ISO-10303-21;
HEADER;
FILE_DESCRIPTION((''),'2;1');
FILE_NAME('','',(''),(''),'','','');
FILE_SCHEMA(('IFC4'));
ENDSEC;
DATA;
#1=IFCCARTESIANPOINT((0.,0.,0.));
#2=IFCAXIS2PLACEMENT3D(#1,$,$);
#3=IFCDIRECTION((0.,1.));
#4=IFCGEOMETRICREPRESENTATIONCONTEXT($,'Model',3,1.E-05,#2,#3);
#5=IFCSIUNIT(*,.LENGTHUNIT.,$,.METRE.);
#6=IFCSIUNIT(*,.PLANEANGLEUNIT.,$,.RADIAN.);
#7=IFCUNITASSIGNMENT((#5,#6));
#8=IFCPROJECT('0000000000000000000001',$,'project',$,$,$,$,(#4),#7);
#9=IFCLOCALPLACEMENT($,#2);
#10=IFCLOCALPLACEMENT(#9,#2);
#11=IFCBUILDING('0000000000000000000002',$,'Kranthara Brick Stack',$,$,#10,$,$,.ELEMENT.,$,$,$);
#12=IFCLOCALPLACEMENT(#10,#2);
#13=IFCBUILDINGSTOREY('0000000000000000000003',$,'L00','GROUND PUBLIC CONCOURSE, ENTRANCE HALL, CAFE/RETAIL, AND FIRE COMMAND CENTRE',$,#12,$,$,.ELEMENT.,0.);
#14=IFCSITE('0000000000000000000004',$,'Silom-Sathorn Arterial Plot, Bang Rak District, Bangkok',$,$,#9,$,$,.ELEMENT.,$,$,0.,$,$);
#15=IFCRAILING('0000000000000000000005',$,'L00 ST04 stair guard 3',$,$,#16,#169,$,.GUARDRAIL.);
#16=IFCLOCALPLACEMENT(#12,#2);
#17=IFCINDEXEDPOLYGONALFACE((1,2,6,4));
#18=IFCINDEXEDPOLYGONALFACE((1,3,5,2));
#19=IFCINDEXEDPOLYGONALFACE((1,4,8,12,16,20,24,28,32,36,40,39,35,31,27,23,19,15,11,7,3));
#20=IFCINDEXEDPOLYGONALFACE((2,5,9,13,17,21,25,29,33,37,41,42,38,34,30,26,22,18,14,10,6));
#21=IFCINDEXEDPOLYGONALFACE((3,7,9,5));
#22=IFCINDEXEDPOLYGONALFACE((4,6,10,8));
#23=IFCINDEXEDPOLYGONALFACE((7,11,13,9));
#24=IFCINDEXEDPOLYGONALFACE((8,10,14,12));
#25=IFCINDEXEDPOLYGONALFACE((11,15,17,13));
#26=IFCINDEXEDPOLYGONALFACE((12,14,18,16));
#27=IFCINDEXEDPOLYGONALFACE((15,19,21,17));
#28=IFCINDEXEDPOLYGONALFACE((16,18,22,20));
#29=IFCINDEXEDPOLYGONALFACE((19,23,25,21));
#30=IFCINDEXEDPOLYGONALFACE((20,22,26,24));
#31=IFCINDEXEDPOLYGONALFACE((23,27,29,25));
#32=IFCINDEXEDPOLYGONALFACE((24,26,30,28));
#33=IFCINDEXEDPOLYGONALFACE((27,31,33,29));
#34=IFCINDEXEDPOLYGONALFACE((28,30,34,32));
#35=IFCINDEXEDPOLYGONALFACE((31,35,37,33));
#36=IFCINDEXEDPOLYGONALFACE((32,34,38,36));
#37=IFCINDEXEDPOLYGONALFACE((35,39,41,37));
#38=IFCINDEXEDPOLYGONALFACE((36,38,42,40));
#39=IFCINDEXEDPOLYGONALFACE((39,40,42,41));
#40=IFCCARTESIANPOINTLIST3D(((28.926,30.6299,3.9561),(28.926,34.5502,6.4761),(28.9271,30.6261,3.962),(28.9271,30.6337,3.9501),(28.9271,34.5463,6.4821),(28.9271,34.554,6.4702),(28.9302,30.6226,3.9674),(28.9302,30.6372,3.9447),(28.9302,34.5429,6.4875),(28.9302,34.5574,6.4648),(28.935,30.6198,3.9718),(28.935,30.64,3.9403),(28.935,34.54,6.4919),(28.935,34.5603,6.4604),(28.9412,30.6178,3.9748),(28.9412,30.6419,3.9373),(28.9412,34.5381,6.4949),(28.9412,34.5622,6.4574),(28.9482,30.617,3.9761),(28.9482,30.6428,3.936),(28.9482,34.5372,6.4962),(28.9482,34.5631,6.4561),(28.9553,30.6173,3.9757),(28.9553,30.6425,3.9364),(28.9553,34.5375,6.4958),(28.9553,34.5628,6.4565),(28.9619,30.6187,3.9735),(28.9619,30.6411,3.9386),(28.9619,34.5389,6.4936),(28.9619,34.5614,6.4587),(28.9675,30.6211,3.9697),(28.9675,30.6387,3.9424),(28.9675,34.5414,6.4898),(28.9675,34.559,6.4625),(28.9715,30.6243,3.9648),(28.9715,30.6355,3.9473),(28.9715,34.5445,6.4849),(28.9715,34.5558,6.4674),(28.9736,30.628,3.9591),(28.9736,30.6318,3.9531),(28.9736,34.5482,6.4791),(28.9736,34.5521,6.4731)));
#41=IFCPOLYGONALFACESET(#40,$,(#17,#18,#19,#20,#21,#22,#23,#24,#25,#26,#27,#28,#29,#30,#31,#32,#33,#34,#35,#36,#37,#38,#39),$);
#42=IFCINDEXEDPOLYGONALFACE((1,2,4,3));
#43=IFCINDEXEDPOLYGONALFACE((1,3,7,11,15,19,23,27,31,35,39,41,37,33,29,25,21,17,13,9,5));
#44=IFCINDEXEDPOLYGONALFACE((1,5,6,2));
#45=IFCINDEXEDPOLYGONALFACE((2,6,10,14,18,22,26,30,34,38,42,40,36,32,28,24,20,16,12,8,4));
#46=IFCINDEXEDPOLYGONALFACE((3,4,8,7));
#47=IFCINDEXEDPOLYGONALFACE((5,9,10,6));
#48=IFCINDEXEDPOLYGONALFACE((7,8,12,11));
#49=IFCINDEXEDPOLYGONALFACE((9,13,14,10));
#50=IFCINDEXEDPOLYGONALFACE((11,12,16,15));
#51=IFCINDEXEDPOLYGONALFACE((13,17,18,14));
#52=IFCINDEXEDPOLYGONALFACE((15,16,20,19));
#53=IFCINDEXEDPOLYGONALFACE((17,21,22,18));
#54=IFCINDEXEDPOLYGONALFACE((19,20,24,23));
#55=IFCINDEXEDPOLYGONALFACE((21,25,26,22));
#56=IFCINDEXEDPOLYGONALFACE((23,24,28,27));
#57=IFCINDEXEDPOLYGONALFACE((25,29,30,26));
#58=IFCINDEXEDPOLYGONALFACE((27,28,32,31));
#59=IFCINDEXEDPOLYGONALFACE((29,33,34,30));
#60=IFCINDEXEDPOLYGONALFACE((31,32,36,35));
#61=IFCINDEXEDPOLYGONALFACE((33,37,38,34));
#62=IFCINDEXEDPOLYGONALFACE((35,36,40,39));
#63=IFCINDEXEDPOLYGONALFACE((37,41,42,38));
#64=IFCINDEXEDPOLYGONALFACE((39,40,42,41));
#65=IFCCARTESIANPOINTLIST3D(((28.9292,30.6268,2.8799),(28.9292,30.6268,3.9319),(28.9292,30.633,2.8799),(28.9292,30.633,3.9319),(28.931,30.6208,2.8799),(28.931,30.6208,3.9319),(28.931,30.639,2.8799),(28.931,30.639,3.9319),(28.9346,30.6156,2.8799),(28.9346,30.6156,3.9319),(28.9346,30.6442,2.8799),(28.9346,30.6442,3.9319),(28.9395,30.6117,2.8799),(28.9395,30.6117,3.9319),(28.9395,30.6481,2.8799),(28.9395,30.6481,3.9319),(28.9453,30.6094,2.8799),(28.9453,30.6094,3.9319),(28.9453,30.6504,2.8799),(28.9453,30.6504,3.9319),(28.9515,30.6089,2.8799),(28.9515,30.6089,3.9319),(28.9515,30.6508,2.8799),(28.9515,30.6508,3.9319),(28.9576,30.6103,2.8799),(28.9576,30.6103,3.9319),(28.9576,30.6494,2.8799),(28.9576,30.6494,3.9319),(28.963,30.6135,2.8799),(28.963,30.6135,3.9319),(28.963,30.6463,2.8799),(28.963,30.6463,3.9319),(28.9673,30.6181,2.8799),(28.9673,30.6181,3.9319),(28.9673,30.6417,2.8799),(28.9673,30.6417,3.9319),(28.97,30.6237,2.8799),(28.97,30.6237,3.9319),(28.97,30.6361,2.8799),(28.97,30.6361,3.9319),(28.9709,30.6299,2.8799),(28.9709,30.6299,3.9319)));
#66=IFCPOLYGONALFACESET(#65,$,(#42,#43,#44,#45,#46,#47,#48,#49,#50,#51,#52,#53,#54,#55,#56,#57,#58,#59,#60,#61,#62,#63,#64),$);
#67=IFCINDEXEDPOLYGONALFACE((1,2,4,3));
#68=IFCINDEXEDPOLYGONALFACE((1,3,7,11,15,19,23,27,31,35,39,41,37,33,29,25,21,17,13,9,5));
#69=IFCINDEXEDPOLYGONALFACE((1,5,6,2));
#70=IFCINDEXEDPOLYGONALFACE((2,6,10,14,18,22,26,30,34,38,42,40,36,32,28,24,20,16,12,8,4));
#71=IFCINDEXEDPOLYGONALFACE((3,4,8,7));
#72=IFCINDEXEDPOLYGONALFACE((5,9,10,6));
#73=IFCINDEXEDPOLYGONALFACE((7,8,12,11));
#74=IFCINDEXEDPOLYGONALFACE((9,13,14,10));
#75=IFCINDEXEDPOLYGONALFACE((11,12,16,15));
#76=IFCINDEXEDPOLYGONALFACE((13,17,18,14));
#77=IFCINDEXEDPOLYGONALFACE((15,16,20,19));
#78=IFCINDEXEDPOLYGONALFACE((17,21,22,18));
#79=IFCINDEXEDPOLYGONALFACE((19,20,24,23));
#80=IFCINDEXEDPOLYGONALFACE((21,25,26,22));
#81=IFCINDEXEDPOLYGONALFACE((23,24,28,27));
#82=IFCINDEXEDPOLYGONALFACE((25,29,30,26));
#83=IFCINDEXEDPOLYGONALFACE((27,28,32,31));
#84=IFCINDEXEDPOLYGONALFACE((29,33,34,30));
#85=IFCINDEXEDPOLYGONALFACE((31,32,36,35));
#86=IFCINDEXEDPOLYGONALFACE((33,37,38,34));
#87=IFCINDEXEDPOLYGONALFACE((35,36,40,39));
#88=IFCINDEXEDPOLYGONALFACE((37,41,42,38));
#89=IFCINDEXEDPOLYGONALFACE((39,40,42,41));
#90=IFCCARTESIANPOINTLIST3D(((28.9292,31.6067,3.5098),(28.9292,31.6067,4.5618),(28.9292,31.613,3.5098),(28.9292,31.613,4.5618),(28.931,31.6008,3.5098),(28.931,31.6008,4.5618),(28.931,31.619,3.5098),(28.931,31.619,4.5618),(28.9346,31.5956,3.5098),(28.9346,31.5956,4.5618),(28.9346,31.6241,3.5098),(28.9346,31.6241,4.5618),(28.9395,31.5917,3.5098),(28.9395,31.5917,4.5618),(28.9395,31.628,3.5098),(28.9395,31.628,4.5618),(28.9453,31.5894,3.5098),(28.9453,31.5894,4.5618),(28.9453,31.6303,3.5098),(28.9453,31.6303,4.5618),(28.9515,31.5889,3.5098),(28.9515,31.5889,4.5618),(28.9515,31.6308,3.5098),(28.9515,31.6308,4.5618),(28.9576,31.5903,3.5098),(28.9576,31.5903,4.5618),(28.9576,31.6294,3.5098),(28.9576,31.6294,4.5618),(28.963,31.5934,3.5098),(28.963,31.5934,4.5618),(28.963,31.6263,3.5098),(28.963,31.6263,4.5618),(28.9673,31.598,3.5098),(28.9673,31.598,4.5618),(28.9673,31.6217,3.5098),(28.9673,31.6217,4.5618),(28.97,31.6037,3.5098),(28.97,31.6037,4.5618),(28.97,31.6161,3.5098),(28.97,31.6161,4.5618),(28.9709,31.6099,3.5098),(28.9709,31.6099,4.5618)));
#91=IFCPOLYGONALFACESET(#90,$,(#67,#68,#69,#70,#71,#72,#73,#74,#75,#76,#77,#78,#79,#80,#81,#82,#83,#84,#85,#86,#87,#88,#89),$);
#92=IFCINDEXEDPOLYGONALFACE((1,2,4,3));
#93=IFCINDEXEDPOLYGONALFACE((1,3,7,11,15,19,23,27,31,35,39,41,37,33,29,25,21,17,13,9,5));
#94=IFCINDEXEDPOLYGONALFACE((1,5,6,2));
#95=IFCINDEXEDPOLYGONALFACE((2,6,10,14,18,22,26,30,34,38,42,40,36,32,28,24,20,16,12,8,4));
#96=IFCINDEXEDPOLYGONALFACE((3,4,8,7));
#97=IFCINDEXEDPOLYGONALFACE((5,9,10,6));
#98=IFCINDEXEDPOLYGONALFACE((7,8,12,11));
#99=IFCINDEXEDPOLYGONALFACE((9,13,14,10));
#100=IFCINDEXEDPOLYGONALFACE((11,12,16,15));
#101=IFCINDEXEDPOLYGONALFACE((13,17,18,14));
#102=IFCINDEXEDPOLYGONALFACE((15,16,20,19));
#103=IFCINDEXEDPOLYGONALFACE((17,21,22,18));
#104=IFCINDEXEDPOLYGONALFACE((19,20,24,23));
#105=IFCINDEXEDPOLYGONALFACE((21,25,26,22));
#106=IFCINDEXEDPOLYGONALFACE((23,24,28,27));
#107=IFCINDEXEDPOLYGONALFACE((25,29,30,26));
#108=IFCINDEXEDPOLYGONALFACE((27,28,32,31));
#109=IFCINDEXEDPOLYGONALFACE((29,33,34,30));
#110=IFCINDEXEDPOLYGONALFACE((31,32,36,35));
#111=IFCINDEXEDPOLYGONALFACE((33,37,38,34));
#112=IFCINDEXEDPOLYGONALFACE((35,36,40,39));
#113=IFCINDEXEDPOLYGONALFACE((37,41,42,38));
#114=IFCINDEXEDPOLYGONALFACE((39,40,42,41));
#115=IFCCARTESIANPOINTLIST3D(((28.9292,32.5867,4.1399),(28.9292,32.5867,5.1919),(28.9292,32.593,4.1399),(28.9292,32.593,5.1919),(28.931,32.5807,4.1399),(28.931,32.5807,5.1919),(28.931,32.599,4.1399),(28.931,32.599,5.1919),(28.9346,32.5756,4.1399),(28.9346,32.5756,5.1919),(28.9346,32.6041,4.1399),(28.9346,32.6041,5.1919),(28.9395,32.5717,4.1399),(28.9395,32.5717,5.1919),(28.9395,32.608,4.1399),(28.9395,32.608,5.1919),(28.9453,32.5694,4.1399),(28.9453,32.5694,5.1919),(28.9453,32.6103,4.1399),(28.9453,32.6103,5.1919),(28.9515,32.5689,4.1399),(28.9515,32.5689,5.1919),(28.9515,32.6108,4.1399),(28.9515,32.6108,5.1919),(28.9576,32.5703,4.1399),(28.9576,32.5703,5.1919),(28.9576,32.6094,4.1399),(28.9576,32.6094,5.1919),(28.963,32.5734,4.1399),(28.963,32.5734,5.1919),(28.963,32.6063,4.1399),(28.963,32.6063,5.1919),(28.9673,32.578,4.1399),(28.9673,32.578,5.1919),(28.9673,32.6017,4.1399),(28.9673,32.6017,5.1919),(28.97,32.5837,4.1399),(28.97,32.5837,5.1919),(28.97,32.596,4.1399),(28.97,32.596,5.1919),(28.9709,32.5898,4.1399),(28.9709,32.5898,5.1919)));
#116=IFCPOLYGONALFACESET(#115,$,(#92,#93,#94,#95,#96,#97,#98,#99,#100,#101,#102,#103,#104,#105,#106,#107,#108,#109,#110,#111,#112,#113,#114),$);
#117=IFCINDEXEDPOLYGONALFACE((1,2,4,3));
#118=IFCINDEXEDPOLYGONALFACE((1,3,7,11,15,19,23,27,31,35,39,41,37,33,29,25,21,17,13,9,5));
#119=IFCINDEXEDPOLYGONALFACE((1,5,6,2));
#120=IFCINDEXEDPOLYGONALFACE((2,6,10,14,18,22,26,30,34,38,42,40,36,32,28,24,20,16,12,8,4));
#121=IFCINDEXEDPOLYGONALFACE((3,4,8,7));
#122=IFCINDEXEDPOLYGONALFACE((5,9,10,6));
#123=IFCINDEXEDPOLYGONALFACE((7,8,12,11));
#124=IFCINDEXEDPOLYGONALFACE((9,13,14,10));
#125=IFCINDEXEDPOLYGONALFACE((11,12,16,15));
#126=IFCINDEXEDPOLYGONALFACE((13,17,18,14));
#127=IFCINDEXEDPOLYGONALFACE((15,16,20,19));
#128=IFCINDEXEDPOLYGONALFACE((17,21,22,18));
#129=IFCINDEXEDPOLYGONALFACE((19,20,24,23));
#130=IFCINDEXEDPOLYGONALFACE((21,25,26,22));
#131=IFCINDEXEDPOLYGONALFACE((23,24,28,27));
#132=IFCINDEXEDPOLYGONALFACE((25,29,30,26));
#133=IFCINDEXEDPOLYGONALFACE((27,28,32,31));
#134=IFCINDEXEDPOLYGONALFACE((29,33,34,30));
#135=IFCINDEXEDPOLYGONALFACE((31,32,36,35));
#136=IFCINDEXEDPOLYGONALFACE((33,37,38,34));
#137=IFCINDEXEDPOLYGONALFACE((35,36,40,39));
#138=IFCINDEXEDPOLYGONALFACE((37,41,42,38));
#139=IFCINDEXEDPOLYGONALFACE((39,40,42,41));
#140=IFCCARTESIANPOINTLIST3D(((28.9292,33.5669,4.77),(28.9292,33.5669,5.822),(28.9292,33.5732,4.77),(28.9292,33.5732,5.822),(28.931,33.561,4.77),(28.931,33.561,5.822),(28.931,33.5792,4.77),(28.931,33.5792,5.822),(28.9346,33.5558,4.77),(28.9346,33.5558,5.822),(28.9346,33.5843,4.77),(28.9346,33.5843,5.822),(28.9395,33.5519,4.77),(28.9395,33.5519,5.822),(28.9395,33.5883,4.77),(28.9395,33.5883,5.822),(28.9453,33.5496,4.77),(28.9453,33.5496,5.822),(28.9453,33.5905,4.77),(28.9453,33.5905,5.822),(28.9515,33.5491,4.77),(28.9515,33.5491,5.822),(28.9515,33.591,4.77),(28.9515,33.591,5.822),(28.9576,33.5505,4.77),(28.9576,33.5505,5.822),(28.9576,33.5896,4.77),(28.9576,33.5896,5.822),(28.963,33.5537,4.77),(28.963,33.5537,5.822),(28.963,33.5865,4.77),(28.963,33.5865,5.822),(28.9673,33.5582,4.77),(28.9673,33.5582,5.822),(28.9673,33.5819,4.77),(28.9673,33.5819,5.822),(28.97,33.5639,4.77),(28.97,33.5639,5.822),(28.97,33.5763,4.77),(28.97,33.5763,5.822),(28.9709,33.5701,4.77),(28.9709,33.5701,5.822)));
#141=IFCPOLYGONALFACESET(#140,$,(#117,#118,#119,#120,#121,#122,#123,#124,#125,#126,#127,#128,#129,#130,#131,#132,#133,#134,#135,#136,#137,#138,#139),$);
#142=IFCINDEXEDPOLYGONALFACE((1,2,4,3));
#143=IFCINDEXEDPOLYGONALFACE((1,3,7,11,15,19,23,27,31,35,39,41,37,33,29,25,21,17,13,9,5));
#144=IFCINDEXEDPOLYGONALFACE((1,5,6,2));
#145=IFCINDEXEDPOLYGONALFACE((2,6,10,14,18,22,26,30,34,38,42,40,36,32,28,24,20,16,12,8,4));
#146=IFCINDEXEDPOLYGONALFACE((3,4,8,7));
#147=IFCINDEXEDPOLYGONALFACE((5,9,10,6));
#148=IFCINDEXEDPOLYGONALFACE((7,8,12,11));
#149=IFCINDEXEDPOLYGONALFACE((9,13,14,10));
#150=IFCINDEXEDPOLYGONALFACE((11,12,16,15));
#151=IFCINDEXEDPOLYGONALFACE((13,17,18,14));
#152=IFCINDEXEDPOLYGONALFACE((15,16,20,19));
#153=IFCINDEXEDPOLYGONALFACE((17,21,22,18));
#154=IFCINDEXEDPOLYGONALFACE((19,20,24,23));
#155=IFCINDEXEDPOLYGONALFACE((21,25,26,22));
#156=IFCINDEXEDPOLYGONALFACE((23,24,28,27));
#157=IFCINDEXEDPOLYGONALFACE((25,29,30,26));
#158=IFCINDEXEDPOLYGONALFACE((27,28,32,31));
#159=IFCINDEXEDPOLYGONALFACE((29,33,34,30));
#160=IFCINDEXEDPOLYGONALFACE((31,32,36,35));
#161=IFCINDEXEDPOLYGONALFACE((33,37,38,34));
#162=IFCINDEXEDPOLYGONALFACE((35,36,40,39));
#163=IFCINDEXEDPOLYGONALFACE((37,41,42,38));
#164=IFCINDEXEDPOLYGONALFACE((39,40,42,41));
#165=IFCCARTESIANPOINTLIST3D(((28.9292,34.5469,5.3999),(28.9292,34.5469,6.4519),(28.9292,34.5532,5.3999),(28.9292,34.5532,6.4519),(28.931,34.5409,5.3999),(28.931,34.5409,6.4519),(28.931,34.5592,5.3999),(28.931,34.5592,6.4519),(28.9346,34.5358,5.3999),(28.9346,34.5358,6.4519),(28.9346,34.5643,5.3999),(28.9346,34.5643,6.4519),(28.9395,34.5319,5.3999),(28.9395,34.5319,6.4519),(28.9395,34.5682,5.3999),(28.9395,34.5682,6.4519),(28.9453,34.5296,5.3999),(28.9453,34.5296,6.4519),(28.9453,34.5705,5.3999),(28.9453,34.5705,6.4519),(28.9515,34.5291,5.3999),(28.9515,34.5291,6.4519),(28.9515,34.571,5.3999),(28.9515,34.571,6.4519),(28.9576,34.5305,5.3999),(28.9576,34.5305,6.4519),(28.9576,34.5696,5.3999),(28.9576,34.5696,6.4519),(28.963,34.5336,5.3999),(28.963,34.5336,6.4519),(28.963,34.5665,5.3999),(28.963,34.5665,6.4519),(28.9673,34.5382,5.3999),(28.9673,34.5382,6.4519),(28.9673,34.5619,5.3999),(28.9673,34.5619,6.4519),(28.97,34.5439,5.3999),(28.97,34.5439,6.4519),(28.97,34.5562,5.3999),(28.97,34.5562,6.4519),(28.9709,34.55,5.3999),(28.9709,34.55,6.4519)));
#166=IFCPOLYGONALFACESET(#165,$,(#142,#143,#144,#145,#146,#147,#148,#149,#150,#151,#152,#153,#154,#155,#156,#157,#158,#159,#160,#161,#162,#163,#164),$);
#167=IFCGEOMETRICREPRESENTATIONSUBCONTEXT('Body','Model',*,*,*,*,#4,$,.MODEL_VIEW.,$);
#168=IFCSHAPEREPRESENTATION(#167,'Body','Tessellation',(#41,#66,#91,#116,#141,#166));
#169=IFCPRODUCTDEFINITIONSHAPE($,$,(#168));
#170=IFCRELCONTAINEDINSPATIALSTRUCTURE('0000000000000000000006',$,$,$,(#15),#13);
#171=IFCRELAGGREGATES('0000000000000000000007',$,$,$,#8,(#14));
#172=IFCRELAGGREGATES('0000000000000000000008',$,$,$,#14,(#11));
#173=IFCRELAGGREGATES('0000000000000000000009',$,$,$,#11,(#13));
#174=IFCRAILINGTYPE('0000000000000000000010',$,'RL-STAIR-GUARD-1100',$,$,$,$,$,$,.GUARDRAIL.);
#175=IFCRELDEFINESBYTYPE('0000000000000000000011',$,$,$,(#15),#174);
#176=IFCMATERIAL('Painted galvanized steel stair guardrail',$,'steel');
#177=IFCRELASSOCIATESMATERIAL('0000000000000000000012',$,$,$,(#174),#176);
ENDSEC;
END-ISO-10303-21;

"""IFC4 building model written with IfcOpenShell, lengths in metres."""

from ifc_helpers import new_model, si_unit, direction, frame, origin, origin_2d, place, context, subcontext, project, spatial, circle, extrude, material, type_object, element, save


model = new_model("IFC4")

# Units and contexts
model_context = context("Model", 3, precision=1e-05, world=origin(), true_north=direction((0.0, 1.0)))
body_context = subcontext(model_context, "Body", "Model", "MODEL_VIEW")
ifc_project = project(units=[si_unit("LENGTHUNIT", "METRE"), si_unit("PLANEANGLEUNIT", "RADIAN")], contexts=[model_context])

# Site, building, storey
site_placement = place(None, origin())
site = spatial("IfcSite", under=ifc_project, at=site_placement, Name="Silom-Sathorn Arterial Plot, Bang Rak District, Bangkok", CompositionType="ELEMENT", RefElevation=0.0)
building_placement = place(site_placement, origin())
building = spatial("IfcBuilding", under=site, at=building_placement, Name="Kranthara Brick Stack", CompositionType="ELEMENT")
storey_placement = place(building_placement, origin())
storey = spatial("IfcBuildingStorey", under=building, at=storey_placement, Name="L00", Description="GROUND PUBLIC CONCOURSE, ENTRANCE HALL, CAFE/RETAIL, AND FIRE COMMAND CENTRE", CompositionType="ELEMENT", Elevation=0.0)

# Railing
ifc_material_1 = material(Name="Painted galvanized steel stair guardrail", Category="steel")
railing_type_1 = type_object("IfcRailingType", Name="RL-STAIR-GUARD-1100", PredefinedType="GUARDRAIL", material=ifc_material_1)
railing_1_placement = place(storey_placement, frame((28.95, 30.6299, 2.8799)))
element("IfcRailing", 1, at=railing_1_placement, inside=storey, type_object=railing_type_1, Name="L00 ST04 stair guard 3", PredefinedType="GUARDRAIL", context=body_context, shape_type="SweptSolid", body=[
    extrude(circle(Radius=0.0239, at=origin_2d()), frame((0.0, 0.0, 1.0762), z_axis=(0.0, 0.841187, 0.540744), x_axis=(-1.0, 0.0, 0.0)), (0.0, 0.0, 1.0), 4.6604),
    extrude(circle(Radius=0.021, at=origin_2d()), origin(), (0.0, 0.0, 1.0), 1.052),
    extrude(circle(Radius=0.021, at=origin_2d()), frame((0.0, 0.98, 0.6299)), (0.0, 0.0, 1.0), 1.052),
    extrude(circle(Radius=0.021, at=origin_2d()), frame((0.0, 1.96, 1.26)), (0.0, 0.0, 1.0), 1.052),
    extrude(circle(Radius=0.021, at=origin_2d()), frame((0.0, 2.9402, 1.8901)), (0.0, 0.0, 1.0), 1.052),
    extrude(circle(Radius=0.021, at=origin_2d()), frame((0.0, 3.9202, 2.52)), (0.0, 0.0, 1.0), 1.052),
])

save(model, "model.ifc")
